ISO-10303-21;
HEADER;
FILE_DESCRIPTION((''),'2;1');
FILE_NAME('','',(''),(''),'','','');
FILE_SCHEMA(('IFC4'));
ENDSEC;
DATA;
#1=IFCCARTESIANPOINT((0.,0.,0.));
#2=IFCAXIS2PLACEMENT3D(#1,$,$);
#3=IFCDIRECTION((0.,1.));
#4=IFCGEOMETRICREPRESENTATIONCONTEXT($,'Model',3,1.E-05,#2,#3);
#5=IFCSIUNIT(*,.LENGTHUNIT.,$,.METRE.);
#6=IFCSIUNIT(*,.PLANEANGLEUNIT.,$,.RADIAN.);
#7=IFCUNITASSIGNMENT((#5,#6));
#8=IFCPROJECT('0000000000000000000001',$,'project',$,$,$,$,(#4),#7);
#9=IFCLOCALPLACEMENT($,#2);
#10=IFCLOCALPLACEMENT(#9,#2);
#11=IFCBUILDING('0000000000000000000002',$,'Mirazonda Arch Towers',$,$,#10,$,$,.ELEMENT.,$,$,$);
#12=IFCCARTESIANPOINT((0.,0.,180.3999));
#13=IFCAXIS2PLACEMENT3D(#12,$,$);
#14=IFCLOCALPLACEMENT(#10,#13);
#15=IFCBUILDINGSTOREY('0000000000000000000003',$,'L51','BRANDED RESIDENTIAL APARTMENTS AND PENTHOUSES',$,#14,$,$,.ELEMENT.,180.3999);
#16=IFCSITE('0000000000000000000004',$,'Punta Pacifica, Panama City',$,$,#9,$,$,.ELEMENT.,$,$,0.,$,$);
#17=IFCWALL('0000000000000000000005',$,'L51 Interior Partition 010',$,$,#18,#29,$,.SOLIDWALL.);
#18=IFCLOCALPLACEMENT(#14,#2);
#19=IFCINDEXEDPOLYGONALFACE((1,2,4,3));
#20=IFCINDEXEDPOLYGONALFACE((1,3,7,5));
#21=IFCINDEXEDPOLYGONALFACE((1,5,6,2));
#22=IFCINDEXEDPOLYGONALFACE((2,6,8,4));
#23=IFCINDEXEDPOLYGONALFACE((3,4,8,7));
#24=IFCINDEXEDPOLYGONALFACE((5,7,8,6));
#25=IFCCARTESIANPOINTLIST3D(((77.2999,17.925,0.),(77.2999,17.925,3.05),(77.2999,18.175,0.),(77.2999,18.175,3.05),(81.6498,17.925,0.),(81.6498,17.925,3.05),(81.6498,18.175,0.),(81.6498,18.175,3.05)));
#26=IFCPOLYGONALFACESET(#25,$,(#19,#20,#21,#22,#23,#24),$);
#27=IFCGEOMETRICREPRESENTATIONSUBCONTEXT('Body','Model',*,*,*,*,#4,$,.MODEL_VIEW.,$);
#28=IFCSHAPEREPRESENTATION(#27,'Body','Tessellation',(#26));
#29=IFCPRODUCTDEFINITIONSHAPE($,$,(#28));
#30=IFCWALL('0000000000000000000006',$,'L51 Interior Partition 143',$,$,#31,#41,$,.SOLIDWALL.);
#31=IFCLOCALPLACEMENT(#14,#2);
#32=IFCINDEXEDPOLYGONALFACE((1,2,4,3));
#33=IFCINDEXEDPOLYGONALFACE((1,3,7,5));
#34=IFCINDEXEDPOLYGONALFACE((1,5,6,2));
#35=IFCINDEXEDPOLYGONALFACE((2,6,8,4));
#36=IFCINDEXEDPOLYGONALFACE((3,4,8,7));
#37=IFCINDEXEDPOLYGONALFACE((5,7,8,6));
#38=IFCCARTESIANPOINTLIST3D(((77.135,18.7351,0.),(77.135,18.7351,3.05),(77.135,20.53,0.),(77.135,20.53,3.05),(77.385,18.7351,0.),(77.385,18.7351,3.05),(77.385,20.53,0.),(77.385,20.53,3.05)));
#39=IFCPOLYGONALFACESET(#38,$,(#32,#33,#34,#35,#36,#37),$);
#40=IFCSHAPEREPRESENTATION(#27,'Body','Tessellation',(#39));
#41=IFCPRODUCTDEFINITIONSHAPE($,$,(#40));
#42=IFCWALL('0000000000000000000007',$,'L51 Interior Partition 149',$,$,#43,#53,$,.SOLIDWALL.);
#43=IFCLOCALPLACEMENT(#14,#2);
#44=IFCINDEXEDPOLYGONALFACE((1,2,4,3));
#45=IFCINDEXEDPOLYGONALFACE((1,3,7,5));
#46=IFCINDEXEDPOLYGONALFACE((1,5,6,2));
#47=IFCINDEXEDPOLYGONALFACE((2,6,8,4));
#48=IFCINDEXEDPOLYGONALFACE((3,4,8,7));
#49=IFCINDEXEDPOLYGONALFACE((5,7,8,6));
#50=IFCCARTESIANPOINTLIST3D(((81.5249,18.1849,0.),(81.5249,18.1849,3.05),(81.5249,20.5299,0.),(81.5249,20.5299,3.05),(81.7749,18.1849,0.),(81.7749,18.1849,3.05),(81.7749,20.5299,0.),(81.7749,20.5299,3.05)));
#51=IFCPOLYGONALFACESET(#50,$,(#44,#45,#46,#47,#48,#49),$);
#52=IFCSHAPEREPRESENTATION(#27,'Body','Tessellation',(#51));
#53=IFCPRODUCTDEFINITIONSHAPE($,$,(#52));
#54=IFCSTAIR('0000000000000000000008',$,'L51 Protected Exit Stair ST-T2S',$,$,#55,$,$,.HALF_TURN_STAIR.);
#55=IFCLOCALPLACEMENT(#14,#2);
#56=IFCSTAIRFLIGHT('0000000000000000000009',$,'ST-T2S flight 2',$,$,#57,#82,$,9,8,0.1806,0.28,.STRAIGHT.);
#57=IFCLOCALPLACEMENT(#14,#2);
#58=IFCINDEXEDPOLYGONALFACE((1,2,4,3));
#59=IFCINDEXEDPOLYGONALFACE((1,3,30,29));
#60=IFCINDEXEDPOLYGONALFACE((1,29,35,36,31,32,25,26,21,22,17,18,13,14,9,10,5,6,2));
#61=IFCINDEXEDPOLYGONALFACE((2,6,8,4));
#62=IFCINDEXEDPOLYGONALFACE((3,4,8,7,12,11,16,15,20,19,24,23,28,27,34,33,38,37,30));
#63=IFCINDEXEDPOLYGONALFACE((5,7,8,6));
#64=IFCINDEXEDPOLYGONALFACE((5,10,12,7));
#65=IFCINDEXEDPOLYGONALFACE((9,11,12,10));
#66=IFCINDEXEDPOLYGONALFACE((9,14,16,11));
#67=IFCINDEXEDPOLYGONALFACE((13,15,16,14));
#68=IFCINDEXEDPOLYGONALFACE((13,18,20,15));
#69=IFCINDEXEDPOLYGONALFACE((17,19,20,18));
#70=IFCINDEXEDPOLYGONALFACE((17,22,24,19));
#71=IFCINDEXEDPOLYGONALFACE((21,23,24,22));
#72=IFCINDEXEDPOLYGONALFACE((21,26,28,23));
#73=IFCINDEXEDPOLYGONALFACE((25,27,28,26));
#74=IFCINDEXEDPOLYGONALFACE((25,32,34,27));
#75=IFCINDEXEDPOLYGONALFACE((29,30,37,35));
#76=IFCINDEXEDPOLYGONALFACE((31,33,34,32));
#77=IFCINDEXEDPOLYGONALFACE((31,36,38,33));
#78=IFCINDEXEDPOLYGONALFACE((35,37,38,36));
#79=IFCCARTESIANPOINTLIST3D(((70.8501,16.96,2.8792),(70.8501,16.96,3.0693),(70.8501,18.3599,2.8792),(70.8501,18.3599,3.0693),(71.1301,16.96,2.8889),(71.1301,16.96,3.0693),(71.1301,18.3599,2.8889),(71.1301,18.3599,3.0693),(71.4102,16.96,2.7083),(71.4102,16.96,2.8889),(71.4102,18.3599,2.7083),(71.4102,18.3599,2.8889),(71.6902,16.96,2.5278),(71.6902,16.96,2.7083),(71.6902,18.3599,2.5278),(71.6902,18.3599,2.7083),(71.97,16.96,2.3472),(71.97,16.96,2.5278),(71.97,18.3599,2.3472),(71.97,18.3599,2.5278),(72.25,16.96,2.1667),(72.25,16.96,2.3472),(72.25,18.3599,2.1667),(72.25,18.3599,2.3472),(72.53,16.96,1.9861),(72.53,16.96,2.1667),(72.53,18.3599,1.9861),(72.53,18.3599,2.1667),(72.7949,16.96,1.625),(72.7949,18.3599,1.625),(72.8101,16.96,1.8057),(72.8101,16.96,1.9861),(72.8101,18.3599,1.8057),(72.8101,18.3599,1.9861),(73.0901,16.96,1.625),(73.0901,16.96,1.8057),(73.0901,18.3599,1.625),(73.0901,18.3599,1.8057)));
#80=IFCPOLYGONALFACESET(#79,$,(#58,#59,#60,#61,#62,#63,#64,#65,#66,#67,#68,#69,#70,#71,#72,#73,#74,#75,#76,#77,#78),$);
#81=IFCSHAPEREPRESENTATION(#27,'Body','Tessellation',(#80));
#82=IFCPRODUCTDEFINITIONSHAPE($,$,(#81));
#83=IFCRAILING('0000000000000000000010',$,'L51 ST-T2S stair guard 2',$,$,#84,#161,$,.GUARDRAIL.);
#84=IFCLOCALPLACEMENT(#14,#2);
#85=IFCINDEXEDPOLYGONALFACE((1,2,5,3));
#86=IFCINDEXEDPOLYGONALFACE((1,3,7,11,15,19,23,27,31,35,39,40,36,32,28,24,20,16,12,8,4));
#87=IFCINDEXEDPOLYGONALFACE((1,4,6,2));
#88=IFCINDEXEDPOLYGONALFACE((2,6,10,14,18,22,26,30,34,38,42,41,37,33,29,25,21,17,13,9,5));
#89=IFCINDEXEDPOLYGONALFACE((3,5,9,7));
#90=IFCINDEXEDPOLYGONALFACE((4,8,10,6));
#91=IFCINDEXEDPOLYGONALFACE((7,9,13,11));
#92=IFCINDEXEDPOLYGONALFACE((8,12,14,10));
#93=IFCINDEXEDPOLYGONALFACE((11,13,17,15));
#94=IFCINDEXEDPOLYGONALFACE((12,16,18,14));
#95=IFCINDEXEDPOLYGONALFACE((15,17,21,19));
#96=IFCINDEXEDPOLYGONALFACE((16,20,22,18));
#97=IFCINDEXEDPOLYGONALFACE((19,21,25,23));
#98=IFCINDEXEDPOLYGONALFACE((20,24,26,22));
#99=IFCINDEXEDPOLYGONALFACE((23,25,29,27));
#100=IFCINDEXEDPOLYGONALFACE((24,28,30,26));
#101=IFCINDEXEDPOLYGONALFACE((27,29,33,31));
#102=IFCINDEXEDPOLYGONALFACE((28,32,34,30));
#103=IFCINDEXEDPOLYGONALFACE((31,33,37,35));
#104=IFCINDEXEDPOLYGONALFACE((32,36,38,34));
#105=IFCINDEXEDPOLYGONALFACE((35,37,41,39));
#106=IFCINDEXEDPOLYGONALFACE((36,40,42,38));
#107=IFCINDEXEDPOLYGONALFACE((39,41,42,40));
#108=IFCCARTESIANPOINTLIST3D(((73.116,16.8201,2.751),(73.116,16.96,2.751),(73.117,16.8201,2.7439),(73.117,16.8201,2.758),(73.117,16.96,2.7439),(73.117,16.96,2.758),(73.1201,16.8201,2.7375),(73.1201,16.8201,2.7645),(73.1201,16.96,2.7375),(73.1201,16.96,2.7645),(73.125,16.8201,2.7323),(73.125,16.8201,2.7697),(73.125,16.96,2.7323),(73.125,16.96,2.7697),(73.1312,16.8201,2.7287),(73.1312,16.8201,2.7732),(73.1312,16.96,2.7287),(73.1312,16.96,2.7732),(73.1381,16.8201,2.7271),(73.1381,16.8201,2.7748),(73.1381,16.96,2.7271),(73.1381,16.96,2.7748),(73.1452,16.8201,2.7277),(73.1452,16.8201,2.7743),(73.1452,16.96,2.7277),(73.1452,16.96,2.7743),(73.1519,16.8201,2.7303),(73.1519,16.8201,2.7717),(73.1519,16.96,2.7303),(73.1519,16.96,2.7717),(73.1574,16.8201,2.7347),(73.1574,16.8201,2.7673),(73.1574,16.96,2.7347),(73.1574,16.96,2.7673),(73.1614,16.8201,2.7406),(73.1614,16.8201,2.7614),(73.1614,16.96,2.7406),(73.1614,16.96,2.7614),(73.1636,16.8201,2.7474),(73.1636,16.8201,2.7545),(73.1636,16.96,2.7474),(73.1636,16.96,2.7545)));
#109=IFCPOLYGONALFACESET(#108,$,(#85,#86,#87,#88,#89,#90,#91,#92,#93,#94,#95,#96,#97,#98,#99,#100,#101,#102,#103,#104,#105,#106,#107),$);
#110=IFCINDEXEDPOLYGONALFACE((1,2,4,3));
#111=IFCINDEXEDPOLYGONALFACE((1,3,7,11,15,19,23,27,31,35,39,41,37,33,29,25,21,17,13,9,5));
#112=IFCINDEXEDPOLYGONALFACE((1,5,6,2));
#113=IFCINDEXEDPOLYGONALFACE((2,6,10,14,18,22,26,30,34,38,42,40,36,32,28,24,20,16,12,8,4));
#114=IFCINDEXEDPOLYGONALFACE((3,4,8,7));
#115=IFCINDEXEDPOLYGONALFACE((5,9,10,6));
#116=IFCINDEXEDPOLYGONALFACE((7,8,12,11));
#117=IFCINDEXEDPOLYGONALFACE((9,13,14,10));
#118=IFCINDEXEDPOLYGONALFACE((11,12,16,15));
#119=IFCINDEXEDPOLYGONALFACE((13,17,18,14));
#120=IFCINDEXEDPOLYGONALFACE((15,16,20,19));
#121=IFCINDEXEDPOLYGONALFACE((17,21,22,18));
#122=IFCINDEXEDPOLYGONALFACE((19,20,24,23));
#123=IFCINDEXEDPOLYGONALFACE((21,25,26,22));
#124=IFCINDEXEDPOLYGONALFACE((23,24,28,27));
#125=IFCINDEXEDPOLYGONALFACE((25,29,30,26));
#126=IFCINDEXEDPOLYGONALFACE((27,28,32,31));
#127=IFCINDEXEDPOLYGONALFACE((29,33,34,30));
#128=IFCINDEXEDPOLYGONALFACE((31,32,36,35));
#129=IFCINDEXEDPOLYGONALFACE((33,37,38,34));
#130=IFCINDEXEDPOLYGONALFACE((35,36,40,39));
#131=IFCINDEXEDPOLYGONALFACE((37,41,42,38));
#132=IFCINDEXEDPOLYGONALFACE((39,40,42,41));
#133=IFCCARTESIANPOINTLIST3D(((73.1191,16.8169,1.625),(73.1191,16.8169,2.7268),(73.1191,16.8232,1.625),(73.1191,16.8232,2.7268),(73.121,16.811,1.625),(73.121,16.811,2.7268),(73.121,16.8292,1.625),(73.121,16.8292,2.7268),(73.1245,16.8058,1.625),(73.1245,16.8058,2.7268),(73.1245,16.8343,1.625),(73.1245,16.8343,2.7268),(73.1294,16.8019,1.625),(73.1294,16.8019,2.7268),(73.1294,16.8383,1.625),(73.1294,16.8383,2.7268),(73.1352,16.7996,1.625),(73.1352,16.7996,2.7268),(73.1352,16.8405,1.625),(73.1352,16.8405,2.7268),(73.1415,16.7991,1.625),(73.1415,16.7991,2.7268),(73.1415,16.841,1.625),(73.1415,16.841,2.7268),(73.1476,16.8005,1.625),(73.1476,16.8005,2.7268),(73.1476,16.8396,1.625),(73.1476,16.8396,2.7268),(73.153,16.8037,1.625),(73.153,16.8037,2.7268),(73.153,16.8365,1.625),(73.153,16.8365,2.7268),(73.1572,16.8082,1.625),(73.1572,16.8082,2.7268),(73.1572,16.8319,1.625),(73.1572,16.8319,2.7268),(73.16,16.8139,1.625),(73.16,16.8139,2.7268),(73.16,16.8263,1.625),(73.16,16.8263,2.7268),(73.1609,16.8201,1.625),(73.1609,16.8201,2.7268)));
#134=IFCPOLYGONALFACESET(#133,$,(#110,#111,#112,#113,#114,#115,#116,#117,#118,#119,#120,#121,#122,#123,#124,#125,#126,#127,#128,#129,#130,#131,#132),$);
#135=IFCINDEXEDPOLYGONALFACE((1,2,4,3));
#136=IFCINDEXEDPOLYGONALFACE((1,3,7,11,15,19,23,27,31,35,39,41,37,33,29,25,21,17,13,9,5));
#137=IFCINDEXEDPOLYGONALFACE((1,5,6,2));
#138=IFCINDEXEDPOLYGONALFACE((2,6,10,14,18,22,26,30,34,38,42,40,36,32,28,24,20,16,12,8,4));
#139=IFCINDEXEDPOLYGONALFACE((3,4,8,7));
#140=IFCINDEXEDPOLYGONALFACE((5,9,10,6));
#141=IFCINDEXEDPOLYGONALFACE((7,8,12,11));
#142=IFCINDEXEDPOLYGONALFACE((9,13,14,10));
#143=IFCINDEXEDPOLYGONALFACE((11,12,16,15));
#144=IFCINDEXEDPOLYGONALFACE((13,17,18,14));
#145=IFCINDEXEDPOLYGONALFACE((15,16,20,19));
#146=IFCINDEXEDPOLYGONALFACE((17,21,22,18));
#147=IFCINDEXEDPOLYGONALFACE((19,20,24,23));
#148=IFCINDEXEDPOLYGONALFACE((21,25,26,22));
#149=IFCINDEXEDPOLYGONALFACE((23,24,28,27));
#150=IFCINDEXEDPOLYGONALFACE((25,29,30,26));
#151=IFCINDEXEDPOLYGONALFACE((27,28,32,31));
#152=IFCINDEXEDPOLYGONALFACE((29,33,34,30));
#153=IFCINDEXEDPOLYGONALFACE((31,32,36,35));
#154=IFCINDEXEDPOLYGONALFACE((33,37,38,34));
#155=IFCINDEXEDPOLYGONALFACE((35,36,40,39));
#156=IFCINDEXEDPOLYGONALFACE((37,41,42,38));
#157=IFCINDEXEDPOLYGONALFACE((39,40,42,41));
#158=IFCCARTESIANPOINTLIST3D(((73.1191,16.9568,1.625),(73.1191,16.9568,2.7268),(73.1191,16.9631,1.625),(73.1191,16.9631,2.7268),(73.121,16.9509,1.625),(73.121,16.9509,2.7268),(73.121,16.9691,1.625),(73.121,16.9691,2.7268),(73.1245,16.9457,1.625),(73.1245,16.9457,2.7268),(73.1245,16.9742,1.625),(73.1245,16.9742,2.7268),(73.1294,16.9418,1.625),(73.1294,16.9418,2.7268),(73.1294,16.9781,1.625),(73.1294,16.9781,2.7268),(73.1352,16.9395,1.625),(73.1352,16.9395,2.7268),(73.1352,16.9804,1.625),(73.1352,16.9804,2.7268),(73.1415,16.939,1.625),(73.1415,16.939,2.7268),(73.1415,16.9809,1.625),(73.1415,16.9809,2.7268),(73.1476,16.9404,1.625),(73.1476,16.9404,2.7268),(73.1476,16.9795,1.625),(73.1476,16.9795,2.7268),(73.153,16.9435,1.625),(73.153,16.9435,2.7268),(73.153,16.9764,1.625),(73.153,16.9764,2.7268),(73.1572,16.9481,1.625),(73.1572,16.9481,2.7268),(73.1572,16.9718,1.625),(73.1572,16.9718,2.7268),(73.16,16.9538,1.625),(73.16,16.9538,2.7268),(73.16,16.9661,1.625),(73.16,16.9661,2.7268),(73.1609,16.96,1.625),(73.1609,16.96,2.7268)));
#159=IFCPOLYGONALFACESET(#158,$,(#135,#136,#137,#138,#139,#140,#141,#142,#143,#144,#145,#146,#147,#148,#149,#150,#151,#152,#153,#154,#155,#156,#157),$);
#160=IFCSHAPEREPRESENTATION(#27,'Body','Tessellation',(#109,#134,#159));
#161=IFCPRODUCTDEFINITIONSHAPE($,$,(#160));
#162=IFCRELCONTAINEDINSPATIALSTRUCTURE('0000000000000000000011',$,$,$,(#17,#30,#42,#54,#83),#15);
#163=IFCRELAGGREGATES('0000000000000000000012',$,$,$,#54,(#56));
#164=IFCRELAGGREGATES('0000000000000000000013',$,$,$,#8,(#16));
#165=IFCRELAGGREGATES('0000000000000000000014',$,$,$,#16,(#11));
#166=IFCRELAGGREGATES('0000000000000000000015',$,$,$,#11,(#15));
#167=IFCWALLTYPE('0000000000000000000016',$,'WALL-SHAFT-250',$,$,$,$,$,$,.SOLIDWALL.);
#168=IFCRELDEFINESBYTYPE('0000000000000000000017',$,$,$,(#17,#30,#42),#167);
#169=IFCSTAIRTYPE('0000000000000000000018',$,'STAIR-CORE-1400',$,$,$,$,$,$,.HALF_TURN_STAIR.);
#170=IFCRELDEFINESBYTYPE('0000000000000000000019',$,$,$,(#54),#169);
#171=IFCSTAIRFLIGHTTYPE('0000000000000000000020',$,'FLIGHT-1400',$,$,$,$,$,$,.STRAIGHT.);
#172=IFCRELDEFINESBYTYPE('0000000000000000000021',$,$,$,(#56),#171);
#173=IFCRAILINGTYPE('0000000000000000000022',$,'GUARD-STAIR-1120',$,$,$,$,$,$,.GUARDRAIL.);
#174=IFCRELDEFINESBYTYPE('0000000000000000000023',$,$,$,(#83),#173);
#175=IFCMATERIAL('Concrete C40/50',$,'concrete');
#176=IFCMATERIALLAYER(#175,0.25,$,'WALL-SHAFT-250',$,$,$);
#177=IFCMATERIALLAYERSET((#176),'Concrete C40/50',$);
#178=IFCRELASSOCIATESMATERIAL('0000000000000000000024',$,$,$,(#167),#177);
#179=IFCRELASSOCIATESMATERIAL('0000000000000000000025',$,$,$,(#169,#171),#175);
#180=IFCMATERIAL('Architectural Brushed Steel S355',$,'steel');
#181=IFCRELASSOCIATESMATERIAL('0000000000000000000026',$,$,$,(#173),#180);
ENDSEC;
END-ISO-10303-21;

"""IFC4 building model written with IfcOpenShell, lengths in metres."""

from ifc_helpers import new_model, si_unit, direction, frame, frame_2d, origin, origin_2d, place, context, subcontext, project, spatial, polyline, rectangle, circle, outline, extrude, material, layer, layer_set, type_object, element, aggregate, save


model = new_model("IFC4")

# Units and contexts
model_context = context("Model", 3, precision=1e-05, world=origin(), true_north=direction((0.0, 1.0)))
body_context = subcontext(model_context, "Body", "Model", "MODEL_VIEW")
ifc_project = project(units=[si_unit("LENGTHUNIT", "METRE"), si_unit("PLANEANGLEUNIT", "RADIAN")], contexts=[model_context])

# Site, building, storey
site_placement = place(None, origin())
site = spatial("IfcSite", under=ifc_project, at=site_placement, Name="Punta Pacifica, Panama City", CompositionType="ELEMENT", RefElevation=0.0)
building_placement = place(site_placement, origin())
building = spatial("IfcBuilding", under=site, at=building_placement, Name="Mirazonda Arch Towers", CompositionType="ELEMENT")
storey_placement = place(building_placement, frame((0.0, 0.0, 180.3999)))
storey = spatial("IfcBuildingStorey", under=building, at=storey_placement, Name="L51", Description="BRANDED RESIDENTIAL APARTMENTS AND PENTHOUSES", CompositionType="ELEMENT", Elevation=180.3999)

# Shared definitions
ifc_material_1 = material(Name="Architectural Brushed Steel S355", Category="steel")

# Walls
ifc_material_2 = material(Name="Concrete C40/50", Category="concrete")
ifc_layer_1 = layer(ifc_material_2, 0.25, Name="WALL-SHAFT-250")
ifc_layer_set_1 = layer_set([ifc_layer_1], Name="Concrete C40/50")
wall_type_1 = type_object("IfcWallType", Name="WALL-SHAFT-250", PredefinedType="SOLIDWALL", material=ifc_layer_set_1)
wall_1_placement = place(storey_placement, frame((77.3, 18.05, 0.0), z_axis=(0.0, 0.0, 1.0), x_axis=(1.0, 0.0, 0.0)))
element("IfcWall", 1, at=wall_1_placement, inside=storey, type_object=wall_type_1, Name="L51 Interior Partition 010", PredefinedType="SOLIDWALL", context=body_context, shape_type="SweptSolid", body=[
    extrude(rectangle(XDim=4.3499, YDim=0.25, at=frame_2d((2.1748, 0.0))), origin(), (0.0, 0.0, 1.0), 3.05),
])
wall_2_placement = place(storey_placement, frame((77.26, 18.7351, 0.0), z_axis=(0.0, 0.0, 1.0), x_axis=(0.0, 1.0, 0.0)))
element("IfcWall", 2, at=wall_2_placement, inside=storey, type_object=wall_type_1, Name="L51 Interior Partition 143", PredefinedType="SOLIDWALL", context=body_context, shape_type="SweptSolid", body=[
    extrude(rectangle(XDim=1.7949, YDim=0.25, at=frame_2d((0.8975, 0.0))), origin(), (0.0, 0.0, 1.0), 3.05),
])
wall_3_placement = place(storey_placement, frame((81.6499, 18.1851, 0.0), z_axis=(0.0, 0.0, 1.0), x_axis=(0.0, 1.0, 0.0)))
element("IfcWall", 3, at=wall_3_placement, inside=storey, type_object=wall_type_1, Name="L51 Interior Partition 149", PredefinedType="SOLIDWALL", context=body_context, shape_type="SweptSolid", body=[
    extrude(rectangle(XDim=2.345, YDim=0.25, at=frame_2d((1.1724, 0.0))), origin(), (0.0, 0.0, 1.0), 3.05),
])

# Stair, stair flight
stair_type = type_object("IfcStairType", Name="STAIR-CORE-1400", PredefinedType="HALF_TURN_STAIR", material=ifc_material_2)
stair_placement = place(storey_placement, origin())
stair = element("IfcStair", 4, at=stair_placement, inside=storey, type_object=stair_type, Name="L51 Protected Exit Stair ST-T2S", PredefinedType="HALF_TURN_STAIR")
stair_flight_type = type_object("IfcStairFlightType", Name="FLIGHT-1400", PredefinedType="STRAIGHT", material=ifc_material_2)
stair_flight_placement = place(storey_placement, frame((73.0901, 17.6599, 1.625), z_axis=(0.0, 0.0, 1.0), x_axis=(-1.0, 0.0, 0.0)))
stair_flight = element("IfcStairFlight", 5, at=stair_flight_placement, type_object=stair_flight_type, Name="ST-T2S flight 2", NumberOfRisers=9, NumberOfTreads=8, PredefinedType="STRAIGHT", RiserHeight=0.1806, TreadLength=0.28, context=body_context, shape_type="SweptSolid", body=[
    extrude(outline(polyline([(0.0, 0.0), (0.0, 0.1807), (0.28, 0.1807), (0.28, 0.3611), (0.5601, 0.3611), (0.5601, 0.5417), (0.8401, 0.5417), (0.8401, 0.7222), (1.1201, 0.7222), (1.1201, 0.9028), (1.3999, 0.9028), (1.3999, 1.0833), (1.6799, 1.0833), (1.6799, 1.2639), (1.96, 1.2639), (1.96, 1.4443), (2.24, 1.4443), (2.24, 1.625), (2.24, 1.2542), (0.2952, 0.0), (0.0, 0.0)])), frame((0.0, 0.7, 0.0), z_axis=(0.0, -1.0, 0.0), x_axis=(1.0, 0.0, 0.0)), (0.0, 0.0, 1.0), 1.3999),
])
aggregate(stair, [stair_flight])

# Railing
railing_type_1 = type_object("IfcRailingType", Name="GUARD-STAIR-1120", PredefinedType="GUARDRAIL", material=ifc_material_1)
railing_1_placement = place(storey_placement, frame((73.1399, 16.8201, 1.625)))
element("IfcRailing", 6, at=railing_1_placement, inside=storey, type_object=railing_type_1, Name="L51 ST-T2S stair guard 2", PredefinedType="GUARDRAIL", context=body_context, shape_type="SweptSolid", body=[
    extrude(circle(Radius=0.0239, at=origin_2d()), frame((0.0, 0.0, 1.126), z_axis=(0.0, 1.0, 0.0), x_axis=(-1.0, 0.0, 0.0)), (0.0, 0.0, 1.0), 0.1399),
    extrude(circle(Radius=0.021, at=origin_2d()), origin(), (0.0, 0.0, 1.0), 1.1018),
    extrude(circle(Radius=0.021, at=origin_2d()), frame((0.0, 0.1399, 0.0)), (0.0, 0.0, 1.0), 1.1018),
])

save(model, "model.ifc")
